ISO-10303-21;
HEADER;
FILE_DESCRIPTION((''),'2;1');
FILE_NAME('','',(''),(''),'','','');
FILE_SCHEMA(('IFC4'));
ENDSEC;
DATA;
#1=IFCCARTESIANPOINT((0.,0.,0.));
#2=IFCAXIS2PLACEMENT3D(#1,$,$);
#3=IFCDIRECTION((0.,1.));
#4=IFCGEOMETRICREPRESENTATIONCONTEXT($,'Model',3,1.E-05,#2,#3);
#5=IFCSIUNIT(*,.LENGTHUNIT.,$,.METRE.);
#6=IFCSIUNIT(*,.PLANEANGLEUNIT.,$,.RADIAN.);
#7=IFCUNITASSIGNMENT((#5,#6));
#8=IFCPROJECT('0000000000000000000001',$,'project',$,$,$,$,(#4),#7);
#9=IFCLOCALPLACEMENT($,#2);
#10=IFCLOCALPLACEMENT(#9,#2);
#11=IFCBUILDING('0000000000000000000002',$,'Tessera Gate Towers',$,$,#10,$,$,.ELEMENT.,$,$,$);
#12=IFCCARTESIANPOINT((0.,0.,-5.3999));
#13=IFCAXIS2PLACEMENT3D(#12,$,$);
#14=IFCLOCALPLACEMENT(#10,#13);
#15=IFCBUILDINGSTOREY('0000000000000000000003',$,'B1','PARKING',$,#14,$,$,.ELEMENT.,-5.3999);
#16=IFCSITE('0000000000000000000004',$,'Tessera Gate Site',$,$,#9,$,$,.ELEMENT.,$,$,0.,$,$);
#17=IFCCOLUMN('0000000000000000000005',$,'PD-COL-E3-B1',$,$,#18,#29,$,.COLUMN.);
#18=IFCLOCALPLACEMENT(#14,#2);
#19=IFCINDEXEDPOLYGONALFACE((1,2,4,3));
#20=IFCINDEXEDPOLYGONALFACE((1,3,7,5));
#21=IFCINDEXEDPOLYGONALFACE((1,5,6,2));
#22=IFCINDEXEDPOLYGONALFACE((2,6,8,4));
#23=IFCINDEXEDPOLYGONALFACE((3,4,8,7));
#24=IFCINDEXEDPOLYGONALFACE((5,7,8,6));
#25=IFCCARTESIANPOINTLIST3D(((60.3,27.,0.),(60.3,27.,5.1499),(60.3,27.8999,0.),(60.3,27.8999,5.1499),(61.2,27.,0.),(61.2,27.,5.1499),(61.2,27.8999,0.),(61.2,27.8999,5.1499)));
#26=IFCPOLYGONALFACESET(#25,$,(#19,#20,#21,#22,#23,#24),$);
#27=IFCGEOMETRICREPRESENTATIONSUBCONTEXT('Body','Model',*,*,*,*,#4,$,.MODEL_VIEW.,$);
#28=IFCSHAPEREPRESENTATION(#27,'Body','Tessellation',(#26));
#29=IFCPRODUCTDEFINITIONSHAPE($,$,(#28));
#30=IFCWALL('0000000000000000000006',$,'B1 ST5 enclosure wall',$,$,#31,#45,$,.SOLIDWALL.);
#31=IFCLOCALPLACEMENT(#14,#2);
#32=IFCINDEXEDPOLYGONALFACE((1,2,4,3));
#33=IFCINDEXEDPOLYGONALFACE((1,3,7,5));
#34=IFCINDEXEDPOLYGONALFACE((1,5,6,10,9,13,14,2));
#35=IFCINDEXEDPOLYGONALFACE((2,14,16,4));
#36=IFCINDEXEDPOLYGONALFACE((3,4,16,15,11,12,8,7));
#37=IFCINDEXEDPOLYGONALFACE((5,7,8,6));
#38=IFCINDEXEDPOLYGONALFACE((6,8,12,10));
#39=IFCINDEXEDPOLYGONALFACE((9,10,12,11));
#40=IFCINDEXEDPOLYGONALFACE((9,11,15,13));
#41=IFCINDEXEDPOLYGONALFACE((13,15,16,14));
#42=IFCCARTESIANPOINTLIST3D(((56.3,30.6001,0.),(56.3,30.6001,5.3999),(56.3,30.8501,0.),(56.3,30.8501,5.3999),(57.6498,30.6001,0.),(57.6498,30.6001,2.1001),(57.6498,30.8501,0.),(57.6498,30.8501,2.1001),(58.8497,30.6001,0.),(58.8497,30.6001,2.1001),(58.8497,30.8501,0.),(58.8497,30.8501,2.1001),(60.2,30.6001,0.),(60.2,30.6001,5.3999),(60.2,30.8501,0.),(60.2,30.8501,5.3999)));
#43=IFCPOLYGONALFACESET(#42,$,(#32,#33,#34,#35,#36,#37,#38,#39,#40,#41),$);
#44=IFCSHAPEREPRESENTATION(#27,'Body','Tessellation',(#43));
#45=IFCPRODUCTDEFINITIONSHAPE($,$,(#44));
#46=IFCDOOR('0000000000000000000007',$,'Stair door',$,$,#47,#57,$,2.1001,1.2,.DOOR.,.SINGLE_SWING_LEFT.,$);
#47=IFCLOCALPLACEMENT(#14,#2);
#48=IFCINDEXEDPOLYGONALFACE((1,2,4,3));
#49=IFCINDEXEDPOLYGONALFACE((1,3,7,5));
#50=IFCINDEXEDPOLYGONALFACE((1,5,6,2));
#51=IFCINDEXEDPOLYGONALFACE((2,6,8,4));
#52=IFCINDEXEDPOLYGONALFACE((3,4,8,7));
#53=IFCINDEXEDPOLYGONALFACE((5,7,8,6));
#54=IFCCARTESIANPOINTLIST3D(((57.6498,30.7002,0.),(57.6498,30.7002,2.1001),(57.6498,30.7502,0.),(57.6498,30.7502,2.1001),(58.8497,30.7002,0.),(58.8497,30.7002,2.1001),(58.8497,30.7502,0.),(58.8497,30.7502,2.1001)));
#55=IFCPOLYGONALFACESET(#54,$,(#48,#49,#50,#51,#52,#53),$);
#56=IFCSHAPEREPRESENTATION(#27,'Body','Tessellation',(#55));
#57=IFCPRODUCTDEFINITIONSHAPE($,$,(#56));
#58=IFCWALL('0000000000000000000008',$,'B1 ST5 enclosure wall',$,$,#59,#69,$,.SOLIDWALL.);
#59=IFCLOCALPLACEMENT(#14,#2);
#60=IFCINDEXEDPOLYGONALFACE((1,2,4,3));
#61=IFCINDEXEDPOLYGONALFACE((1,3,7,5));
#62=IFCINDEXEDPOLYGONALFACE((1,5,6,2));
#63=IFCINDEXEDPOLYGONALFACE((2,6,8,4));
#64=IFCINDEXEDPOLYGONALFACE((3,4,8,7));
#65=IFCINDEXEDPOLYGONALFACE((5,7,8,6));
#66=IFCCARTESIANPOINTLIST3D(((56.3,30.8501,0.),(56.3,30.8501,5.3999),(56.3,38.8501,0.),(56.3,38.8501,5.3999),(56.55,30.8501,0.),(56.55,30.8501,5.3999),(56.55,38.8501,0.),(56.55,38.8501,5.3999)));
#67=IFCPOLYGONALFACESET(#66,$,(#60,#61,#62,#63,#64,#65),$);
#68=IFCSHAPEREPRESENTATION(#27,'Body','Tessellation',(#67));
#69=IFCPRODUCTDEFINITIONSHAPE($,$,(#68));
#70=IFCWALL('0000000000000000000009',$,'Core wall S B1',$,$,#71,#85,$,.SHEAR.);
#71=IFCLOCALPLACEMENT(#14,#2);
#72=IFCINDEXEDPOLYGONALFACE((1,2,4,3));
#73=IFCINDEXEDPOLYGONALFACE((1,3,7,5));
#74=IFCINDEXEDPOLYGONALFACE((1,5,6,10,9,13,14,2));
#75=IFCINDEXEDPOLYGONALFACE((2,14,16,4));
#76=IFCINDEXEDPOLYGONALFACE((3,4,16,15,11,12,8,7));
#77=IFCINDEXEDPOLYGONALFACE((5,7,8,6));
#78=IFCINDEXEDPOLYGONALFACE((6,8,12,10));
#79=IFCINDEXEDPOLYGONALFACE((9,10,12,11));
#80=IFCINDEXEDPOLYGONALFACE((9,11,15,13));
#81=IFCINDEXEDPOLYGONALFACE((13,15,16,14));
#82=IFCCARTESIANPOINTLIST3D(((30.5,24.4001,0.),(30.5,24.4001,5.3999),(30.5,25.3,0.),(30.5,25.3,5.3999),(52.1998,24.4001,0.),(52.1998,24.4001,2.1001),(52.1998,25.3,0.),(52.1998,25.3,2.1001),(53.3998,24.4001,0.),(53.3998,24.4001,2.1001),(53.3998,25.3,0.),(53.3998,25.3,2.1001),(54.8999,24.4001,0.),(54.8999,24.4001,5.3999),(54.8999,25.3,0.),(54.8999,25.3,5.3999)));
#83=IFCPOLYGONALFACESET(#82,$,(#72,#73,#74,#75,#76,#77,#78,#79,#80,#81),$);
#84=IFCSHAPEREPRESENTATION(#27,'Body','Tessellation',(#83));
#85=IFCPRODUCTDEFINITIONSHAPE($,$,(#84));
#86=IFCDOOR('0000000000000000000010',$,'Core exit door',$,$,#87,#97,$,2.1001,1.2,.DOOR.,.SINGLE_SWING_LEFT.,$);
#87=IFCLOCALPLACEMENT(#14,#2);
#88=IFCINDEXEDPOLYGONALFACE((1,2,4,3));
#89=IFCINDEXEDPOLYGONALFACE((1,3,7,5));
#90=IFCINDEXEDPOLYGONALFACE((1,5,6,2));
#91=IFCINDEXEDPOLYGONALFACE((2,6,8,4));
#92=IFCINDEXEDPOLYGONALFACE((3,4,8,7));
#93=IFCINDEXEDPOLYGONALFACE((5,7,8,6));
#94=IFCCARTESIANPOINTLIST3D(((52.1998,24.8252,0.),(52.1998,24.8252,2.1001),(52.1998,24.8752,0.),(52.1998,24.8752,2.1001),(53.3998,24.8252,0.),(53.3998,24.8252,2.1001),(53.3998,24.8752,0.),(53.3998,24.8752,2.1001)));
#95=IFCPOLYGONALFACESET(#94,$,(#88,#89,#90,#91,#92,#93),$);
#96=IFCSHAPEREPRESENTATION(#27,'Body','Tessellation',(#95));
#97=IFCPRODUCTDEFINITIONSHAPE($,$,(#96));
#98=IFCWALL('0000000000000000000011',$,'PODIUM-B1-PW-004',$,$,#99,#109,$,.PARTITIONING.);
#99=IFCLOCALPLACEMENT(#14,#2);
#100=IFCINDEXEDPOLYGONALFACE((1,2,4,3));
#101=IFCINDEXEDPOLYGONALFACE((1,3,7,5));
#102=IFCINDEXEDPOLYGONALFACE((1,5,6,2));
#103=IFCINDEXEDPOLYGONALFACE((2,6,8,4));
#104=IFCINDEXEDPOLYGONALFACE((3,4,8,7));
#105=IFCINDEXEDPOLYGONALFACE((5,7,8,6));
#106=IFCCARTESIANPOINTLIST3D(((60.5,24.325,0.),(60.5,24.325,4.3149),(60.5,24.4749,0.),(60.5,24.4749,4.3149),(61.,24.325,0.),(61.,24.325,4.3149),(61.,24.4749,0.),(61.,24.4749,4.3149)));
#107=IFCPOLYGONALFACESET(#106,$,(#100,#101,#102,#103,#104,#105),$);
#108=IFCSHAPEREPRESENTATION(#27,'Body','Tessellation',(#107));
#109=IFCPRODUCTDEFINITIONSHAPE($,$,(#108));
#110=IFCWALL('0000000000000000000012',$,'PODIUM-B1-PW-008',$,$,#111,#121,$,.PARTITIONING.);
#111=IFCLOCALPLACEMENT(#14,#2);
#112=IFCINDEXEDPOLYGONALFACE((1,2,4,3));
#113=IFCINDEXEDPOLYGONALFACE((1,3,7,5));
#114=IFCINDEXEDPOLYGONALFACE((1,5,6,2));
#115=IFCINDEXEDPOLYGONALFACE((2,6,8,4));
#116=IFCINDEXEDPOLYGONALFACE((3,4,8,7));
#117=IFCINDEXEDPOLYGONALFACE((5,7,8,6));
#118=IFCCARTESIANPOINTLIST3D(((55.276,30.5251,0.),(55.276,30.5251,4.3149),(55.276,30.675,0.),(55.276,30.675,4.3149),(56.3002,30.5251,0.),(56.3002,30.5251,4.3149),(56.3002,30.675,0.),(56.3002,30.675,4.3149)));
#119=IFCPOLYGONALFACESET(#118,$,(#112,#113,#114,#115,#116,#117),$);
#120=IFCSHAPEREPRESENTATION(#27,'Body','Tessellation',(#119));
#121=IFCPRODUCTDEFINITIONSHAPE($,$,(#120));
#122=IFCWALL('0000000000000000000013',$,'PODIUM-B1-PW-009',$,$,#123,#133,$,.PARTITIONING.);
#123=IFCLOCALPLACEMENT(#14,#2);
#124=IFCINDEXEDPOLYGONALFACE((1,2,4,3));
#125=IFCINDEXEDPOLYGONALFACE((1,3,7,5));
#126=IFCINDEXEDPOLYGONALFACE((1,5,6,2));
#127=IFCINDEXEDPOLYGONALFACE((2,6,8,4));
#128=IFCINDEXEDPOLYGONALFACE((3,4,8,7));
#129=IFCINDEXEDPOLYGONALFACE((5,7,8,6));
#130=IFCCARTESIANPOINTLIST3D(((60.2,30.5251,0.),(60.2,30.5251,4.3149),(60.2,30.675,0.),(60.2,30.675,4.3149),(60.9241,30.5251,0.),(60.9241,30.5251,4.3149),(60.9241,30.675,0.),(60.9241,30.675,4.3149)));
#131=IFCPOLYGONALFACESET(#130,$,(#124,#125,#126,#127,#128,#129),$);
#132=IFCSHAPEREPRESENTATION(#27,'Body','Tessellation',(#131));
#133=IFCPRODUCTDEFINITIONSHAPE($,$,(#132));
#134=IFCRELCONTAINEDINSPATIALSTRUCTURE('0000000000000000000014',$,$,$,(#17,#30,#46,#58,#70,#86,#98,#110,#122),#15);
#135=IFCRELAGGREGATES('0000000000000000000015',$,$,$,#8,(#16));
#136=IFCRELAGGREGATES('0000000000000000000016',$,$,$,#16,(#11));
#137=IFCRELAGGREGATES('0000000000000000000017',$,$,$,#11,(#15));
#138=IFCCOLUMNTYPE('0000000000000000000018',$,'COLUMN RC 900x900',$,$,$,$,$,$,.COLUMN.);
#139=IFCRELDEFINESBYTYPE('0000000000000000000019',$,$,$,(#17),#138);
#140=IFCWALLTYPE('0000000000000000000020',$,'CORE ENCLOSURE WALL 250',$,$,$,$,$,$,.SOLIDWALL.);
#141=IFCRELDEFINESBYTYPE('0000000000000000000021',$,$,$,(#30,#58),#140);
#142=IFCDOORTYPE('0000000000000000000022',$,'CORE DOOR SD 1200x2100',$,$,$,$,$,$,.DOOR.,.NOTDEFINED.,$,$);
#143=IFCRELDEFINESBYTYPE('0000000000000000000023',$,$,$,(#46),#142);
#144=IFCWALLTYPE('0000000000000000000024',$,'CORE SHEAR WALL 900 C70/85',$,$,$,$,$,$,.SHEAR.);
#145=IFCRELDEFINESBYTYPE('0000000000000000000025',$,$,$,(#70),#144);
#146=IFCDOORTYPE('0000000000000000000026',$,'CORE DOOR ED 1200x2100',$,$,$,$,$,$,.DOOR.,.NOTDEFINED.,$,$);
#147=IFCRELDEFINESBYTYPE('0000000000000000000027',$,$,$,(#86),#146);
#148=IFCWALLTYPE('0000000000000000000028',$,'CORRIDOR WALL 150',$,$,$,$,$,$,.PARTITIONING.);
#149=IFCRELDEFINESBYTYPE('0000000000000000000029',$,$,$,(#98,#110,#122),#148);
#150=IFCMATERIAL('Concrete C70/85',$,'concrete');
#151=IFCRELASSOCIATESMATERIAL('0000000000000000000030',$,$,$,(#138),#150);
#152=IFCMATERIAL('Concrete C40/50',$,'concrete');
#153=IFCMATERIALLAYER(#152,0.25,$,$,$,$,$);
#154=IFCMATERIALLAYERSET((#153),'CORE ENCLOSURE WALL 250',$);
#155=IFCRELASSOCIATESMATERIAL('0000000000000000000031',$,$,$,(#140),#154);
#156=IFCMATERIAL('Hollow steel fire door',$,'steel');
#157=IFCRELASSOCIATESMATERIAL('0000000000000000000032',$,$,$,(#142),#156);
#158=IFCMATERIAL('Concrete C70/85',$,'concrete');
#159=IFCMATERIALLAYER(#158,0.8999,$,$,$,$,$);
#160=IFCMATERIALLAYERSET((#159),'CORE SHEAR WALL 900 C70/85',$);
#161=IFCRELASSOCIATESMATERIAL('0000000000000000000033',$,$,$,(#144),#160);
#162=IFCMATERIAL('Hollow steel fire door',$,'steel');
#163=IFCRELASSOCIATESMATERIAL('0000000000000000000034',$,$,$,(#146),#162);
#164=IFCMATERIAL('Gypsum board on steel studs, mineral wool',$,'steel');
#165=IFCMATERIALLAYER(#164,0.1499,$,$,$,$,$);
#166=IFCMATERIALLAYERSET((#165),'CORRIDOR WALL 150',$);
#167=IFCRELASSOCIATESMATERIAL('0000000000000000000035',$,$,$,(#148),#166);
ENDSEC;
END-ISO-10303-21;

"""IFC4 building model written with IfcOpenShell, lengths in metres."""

from ifc_helpers import new_model, si_unit, direction, frame, frame_2d, origin, origin_2d, place, context, subcontext, project, spatial, rectangle, extrude, source, transform, mapped, material, layer, layer_set, material_profile, profile_set, type_object, element, fill, save


model = new_model("IFC4")

# Units and contexts
model_context = context("Model", 3, precision=1e-05, world=origin(), true_north=direction((0.0, 1.0)))
body_context = subcontext(model_context, "Body", "Model", "MODEL_VIEW")
ifc_project = project(units=[si_unit("LENGTHUNIT", "METRE"), si_unit("PLANEANGLEUNIT", "RADIAN")], contexts=[model_context])

# Site, building, storey
site_placement = place(None, origin())
site = spatial("IfcSite", under=ifc_project, at=site_placement, Name="Tessera Gate Site", CompositionType="ELEMENT", RefElevation=0.0)
building_placement = place(site_placement, origin())
building = spatial("IfcBuilding", under=site, at=building_placement, Name="Tessera Gate Towers", CompositionType="ELEMENT")
storey_placement = place(building_placement, frame((0.0, 0.0, -5.3999)))
storey = spatial("IfcBuildingStorey", under=building, at=storey_placement, Name="B1", Description="PARKING", CompositionType="ELEMENT", Elevation=-5.3999)

# Column
ifc_material_1 = material(Name="Concrete C70/85", Category="concrete")
ifc_material_profile_1 = material_profile(ifc_material_1, rectangle(XDim=0.8999, YDim=0.8999, at=origin_2d()), Name="RC 900x900")
ifc_profile_set_1 = profile_set([ifc_material_profile_1], Name="Concrete C70/85")
column_type = type_object("IfcColumnType", Name="COLUMN RC 900x900", PredefinedType="COLUMN", material=ifc_profile_set_1)
column_placement = place(storey_placement, frame((60.75, 27.45, 0.0), z_axis=(0.0, 0.0, 1.0), x_axis=(1.0, 0.0, 0.0)))
element("IfcColumn", 1, at=column_placement, inside=storey, type_object=column_type, Name="PD-COL-E3-B1", PredefinedType="COLUMN", context=body_context, shape_type="SweptSolid", body=[
    extrude(rectangle(XDim=0.8999, YDim=0.8999, at=origin_2d()), origin(), (0.0, 0.0, 1.0), 5.1499),
])

# Wall, opening, door
ifc_material_2 = material(Name="Concrete C40/50", Category="concrete")
ifc_layer_1 = layer(ifc_material_2, 0.25)
ifc_layer_set_1 = layer_set([ifc_layer_1], Name="CORE ENCLOSURE WALL 250")
wall_type_1 = type_object("IfcWallType", Name="CORE ENCLOSURE WALL 250", PredefinedType="SOLIDWALL", material=ifc_layer_set_1)
wall_1_placement = place(storey_placement, frame((60.2, 30.7251, 0.0), z_axis=(0.0, 0.0, 1.0), x_axis=(-1.0, 0.0, 0.0)))
wall_1 = element("IfcWall", 2, at=wall_1_placement, inside=storey, type_object=wall_type_1, Name="B1 ST5 enclosure wall", PredefinedType="SOLIDWALL", context=body_context, shape_type="SweptSolid", body=[
    extrude(rectangle(XDim=3.8999, YDim=0.25, at=frame_2d((1.95, 0.0))), origin(), (0.0, 0.0, 1.0), 5.3999),
])
shared_shape_1 = source(origin(), body_context, "Body", "SweptSolid", [
    extrude(rectangle(XDim=1.2, YDim=2.1001, at=frame_2d((0.6001, 1.05))), frame((0.0, 0.135, 0.0), z_axis=(0.0, -1.0, 0.0), x_axis=(1.0, 0.0, 0.0)), (0.0, 0.0, 1.0), 0.27),
])
opening_1_placement = place(wall_1_placement, frame((1.3501, 0.0, 0.0)))
opening_1 = element("IfcOpeningElement", 3, at=opening_1_placement, cuts=wall_1, PredefinedType="OPENING", context=body_context, shape_type="MappedRepresentation", body=[
    mapped(shared_shape_1, transform((0.0, 0.0, 0.0), scale=1.0)),
])
ifc_material_3 = material(Name="Hollow steel fire door", Category="steel")
door_type_1 = type_object("IfcDoorType", Name="CORE DOOR SD 1200x2100", OperationType="NOTDEFINED", PredefinedType="DOOR", material=ifc_material_3)
shared_shape_2 = source(origin(), body_context, "Body", "SweptSolid", [
    extrude(rectangle(XDim=1.2, YDim=2.1001, at=frame_2d((0.6001, 1.05))), frame((0.0, 0.0249, 0.0), z_axis=(0.0, -1.0, 0.0), x_axis=(1.0, 0.0, 0.0)), (0.0, 0.0, 1.0), 0.05),
])
door_1_placement = place(opening_1_placement, origin())
door_1 = element("IfcDoor", 4, at=door_1_placement, inside=storey, type_object=door_type_1, Name="Stair door", OperationType="SINGLE_SWING_LEFT", OverallHeight=2.1001, OverallWidth=1.2, PredefinedType="DOOR", context=body_context, shape_type="MappedRepresentation", body=[
    mapped(shared_shape_2, transform((0.0, 0.0, 0.0), scale=1.0)),
])
fill(opening_1, door_1)

# Wall
wall_2_placement = place(storey_placement, frame((56.425, 30.8501, 0.0), z_axis=(0.0, 0.0, 1.0), x_axis=(0.0, 1.0, 0.0)))
element("IfcWall", 5, at=wall_2_placement, inside=storey, type_object=wall_type_1, Name="B1 ST5 enclosure wall", PredefinedType="SOLIDWALL", context=body_context, shape_type="SweptSolid", body=[
    extrude(rectangle(XDim=8.0, YDim=0.25, at=frame_2d((4.0, 0.0))), origin(), (0.0, 0.0, 1.0), 5.3999),
])

# Wall, opening, door
ifc_material_4 = material(Name="Concrete C70/85", Category="concrete")
ifc_layer_2 = layer(ifc_material_4, 0.8999)
ifc_layer_set_2 = layer_set([ifc_layer_2], Name="CORE SHEAR WALL 900 C70/85")
wall_type_2 = type_object("IfcWallType", Name="CORE SHEAR WALL 900 C70/85", PredefinedType="SHEAR", material=ifc_layer_set_2)
wall_3_placement = place(storey_placement, frame((54.8999, 24.8501, 0.0), z_axis=(0.0, 0.0, 1.0), x_axis=(-1.0, 0.0, 0.0)))
wall_3 = element("IfcWall", 6, at=wall_3_placement, inside=storey, type_object=wall_type_2, Name="Core wall S B1", PredefinedType="SHEAR", context=body_context, shape_type="SweptSolid", body=[
    extrude(rectangle(XDim=24.3999, YDim=0.8999, at=frame_2d((12.2, 0.0))), origin(), (0.0, 0.0, 1.0), 5.3999),
])
shared_shape_3 = source(origin(), body_context, "Body", "SweptSolid", [
    extrude(rectangle(XDim=1.2, YDim=2.1001, at=frame_2d((0.6001, 1.05))), frame((0.0, 0.46, 0.0), z_axis=(0.0, -1.0, 0.0), x_axis=(1.0, 0.0, 0.0)), (0.0, 0.0, 1.0), 0.9199),
])
opening_2_placement = place(wall_3_placement, frame((1.5, 0.0, 0.0)))
opening_2 = element("IfcOpeningElement", 7, at=opening_2_placement, cuts=wall_3, PredefinedType="OPENING", context=body_context, shape_type="MappedRepresentation", body=[
    mapped(shared_shape_3, transform((0.0, 0.0, 0.0), scale=1.0)),
])
ifc_material_5 = material(Name="Hollow steel fire door", Category="steel")
door_type_2 = type_object("IfcDoorType", Name="CORE DOOR ED 1200x2100", OperationType="NOTDEFINED", PredefinedType="DOOR", material=ifc_material_5)
door_2_placement = place(opening_2_placement, origin())
door_2 = element("IfcDoor", 8, at=door_2_placement, inside=storey, type_object=door_type_2, Name="Core exit door", OperationType="SINGLE_SWING_LEFT", OverallHeight=2.1001, OverallWidth=1.2, PredefinedType="DOOR", context=body_context, shape_type="MappedRepresentation", body=[
    mapped(shared_shape_2, transform((0.0, 0.0, 0.0), scale=1.0)),
])
fill(opening_2, door_2)

# Walls
ifc_material_6 = material(Name="Gypsum board on steel studs, mineral wool", Category="steel")
ifc_layer_3 = layer(ifc_material_6, 0.1499)
ifc_layer_set_3 = layer_set([ifc_layer_3], Name="CORRIDOR WALL 150")
wall_type_3 = type_object("IfcWallType", Name="CORRIDOR WALL 150", PredefinedType="PARTITIONING", material=ifc_layer_set_3)
wall_4_placement = place(storey_placement, frame((60.5, 24.3999, 0.0), z_axis=(0.0, 0.0, 1.0), x_axis=(1.0, 0.0, 0.0)))
element("IfcWall", 9, at=wall_4_placement, inside=storey, type_object=wall_type_3, Name="PODIUM-B1-PW-004", PredefinedType="PARTITIONING", context=body_context, shape_type="SweptSolid", body=[
    extrude(rectangle(XDim=0.5, YDim=0.1499, at=frame_2d((0.25, 0.0))), origin(), (0.0, 0.0, 1.0), 4.3149),
])
wall_5_placement = place(storey_placement, frame((55.2759, 30.6001, 0.0), z_axis=(0.0, 0.0, 1.0), x_axis=(1.0, 0.0, 0.0)))
element("IfcWall", 10, at=wall_5_placement, inside=storey, type_object=wall_type_3, Name="PODIUM-B1-PW-008", PredefinedType="PARTITIONING", context=body_context, shape_type="SweptSolid", body=[
    extrude(rectangle(XDim=1.0242, YDim=0.1499, at=frame_2d((0.5122, 0.0))), origin(), (0.0, 0.0, 1.0), 4.3149),
])
wall_6_placement = place(storey_placement, frame((60.2, 30.6001, 0.0), z_axis=(0.0, 0.0, 1.0), x_axis=(1.0, 0.0, 0.0)))
element("IfcWall", 11, at=wall_6_placement, inside=storey, type_object=wall_type_3, Name="PODIUM-B1-PW-009", PredefinedType="PARTITIONING", context=body_context, shape_type="SweptSolid", body=[
    extrude(rectangle(XDim=0.7241, YDim=0.1499, at=frame_2d((0.3621, 0.0))), origin(), (0.0, 0.0, 1.0), 4.3149),
])

save(model, "model.ifc")
